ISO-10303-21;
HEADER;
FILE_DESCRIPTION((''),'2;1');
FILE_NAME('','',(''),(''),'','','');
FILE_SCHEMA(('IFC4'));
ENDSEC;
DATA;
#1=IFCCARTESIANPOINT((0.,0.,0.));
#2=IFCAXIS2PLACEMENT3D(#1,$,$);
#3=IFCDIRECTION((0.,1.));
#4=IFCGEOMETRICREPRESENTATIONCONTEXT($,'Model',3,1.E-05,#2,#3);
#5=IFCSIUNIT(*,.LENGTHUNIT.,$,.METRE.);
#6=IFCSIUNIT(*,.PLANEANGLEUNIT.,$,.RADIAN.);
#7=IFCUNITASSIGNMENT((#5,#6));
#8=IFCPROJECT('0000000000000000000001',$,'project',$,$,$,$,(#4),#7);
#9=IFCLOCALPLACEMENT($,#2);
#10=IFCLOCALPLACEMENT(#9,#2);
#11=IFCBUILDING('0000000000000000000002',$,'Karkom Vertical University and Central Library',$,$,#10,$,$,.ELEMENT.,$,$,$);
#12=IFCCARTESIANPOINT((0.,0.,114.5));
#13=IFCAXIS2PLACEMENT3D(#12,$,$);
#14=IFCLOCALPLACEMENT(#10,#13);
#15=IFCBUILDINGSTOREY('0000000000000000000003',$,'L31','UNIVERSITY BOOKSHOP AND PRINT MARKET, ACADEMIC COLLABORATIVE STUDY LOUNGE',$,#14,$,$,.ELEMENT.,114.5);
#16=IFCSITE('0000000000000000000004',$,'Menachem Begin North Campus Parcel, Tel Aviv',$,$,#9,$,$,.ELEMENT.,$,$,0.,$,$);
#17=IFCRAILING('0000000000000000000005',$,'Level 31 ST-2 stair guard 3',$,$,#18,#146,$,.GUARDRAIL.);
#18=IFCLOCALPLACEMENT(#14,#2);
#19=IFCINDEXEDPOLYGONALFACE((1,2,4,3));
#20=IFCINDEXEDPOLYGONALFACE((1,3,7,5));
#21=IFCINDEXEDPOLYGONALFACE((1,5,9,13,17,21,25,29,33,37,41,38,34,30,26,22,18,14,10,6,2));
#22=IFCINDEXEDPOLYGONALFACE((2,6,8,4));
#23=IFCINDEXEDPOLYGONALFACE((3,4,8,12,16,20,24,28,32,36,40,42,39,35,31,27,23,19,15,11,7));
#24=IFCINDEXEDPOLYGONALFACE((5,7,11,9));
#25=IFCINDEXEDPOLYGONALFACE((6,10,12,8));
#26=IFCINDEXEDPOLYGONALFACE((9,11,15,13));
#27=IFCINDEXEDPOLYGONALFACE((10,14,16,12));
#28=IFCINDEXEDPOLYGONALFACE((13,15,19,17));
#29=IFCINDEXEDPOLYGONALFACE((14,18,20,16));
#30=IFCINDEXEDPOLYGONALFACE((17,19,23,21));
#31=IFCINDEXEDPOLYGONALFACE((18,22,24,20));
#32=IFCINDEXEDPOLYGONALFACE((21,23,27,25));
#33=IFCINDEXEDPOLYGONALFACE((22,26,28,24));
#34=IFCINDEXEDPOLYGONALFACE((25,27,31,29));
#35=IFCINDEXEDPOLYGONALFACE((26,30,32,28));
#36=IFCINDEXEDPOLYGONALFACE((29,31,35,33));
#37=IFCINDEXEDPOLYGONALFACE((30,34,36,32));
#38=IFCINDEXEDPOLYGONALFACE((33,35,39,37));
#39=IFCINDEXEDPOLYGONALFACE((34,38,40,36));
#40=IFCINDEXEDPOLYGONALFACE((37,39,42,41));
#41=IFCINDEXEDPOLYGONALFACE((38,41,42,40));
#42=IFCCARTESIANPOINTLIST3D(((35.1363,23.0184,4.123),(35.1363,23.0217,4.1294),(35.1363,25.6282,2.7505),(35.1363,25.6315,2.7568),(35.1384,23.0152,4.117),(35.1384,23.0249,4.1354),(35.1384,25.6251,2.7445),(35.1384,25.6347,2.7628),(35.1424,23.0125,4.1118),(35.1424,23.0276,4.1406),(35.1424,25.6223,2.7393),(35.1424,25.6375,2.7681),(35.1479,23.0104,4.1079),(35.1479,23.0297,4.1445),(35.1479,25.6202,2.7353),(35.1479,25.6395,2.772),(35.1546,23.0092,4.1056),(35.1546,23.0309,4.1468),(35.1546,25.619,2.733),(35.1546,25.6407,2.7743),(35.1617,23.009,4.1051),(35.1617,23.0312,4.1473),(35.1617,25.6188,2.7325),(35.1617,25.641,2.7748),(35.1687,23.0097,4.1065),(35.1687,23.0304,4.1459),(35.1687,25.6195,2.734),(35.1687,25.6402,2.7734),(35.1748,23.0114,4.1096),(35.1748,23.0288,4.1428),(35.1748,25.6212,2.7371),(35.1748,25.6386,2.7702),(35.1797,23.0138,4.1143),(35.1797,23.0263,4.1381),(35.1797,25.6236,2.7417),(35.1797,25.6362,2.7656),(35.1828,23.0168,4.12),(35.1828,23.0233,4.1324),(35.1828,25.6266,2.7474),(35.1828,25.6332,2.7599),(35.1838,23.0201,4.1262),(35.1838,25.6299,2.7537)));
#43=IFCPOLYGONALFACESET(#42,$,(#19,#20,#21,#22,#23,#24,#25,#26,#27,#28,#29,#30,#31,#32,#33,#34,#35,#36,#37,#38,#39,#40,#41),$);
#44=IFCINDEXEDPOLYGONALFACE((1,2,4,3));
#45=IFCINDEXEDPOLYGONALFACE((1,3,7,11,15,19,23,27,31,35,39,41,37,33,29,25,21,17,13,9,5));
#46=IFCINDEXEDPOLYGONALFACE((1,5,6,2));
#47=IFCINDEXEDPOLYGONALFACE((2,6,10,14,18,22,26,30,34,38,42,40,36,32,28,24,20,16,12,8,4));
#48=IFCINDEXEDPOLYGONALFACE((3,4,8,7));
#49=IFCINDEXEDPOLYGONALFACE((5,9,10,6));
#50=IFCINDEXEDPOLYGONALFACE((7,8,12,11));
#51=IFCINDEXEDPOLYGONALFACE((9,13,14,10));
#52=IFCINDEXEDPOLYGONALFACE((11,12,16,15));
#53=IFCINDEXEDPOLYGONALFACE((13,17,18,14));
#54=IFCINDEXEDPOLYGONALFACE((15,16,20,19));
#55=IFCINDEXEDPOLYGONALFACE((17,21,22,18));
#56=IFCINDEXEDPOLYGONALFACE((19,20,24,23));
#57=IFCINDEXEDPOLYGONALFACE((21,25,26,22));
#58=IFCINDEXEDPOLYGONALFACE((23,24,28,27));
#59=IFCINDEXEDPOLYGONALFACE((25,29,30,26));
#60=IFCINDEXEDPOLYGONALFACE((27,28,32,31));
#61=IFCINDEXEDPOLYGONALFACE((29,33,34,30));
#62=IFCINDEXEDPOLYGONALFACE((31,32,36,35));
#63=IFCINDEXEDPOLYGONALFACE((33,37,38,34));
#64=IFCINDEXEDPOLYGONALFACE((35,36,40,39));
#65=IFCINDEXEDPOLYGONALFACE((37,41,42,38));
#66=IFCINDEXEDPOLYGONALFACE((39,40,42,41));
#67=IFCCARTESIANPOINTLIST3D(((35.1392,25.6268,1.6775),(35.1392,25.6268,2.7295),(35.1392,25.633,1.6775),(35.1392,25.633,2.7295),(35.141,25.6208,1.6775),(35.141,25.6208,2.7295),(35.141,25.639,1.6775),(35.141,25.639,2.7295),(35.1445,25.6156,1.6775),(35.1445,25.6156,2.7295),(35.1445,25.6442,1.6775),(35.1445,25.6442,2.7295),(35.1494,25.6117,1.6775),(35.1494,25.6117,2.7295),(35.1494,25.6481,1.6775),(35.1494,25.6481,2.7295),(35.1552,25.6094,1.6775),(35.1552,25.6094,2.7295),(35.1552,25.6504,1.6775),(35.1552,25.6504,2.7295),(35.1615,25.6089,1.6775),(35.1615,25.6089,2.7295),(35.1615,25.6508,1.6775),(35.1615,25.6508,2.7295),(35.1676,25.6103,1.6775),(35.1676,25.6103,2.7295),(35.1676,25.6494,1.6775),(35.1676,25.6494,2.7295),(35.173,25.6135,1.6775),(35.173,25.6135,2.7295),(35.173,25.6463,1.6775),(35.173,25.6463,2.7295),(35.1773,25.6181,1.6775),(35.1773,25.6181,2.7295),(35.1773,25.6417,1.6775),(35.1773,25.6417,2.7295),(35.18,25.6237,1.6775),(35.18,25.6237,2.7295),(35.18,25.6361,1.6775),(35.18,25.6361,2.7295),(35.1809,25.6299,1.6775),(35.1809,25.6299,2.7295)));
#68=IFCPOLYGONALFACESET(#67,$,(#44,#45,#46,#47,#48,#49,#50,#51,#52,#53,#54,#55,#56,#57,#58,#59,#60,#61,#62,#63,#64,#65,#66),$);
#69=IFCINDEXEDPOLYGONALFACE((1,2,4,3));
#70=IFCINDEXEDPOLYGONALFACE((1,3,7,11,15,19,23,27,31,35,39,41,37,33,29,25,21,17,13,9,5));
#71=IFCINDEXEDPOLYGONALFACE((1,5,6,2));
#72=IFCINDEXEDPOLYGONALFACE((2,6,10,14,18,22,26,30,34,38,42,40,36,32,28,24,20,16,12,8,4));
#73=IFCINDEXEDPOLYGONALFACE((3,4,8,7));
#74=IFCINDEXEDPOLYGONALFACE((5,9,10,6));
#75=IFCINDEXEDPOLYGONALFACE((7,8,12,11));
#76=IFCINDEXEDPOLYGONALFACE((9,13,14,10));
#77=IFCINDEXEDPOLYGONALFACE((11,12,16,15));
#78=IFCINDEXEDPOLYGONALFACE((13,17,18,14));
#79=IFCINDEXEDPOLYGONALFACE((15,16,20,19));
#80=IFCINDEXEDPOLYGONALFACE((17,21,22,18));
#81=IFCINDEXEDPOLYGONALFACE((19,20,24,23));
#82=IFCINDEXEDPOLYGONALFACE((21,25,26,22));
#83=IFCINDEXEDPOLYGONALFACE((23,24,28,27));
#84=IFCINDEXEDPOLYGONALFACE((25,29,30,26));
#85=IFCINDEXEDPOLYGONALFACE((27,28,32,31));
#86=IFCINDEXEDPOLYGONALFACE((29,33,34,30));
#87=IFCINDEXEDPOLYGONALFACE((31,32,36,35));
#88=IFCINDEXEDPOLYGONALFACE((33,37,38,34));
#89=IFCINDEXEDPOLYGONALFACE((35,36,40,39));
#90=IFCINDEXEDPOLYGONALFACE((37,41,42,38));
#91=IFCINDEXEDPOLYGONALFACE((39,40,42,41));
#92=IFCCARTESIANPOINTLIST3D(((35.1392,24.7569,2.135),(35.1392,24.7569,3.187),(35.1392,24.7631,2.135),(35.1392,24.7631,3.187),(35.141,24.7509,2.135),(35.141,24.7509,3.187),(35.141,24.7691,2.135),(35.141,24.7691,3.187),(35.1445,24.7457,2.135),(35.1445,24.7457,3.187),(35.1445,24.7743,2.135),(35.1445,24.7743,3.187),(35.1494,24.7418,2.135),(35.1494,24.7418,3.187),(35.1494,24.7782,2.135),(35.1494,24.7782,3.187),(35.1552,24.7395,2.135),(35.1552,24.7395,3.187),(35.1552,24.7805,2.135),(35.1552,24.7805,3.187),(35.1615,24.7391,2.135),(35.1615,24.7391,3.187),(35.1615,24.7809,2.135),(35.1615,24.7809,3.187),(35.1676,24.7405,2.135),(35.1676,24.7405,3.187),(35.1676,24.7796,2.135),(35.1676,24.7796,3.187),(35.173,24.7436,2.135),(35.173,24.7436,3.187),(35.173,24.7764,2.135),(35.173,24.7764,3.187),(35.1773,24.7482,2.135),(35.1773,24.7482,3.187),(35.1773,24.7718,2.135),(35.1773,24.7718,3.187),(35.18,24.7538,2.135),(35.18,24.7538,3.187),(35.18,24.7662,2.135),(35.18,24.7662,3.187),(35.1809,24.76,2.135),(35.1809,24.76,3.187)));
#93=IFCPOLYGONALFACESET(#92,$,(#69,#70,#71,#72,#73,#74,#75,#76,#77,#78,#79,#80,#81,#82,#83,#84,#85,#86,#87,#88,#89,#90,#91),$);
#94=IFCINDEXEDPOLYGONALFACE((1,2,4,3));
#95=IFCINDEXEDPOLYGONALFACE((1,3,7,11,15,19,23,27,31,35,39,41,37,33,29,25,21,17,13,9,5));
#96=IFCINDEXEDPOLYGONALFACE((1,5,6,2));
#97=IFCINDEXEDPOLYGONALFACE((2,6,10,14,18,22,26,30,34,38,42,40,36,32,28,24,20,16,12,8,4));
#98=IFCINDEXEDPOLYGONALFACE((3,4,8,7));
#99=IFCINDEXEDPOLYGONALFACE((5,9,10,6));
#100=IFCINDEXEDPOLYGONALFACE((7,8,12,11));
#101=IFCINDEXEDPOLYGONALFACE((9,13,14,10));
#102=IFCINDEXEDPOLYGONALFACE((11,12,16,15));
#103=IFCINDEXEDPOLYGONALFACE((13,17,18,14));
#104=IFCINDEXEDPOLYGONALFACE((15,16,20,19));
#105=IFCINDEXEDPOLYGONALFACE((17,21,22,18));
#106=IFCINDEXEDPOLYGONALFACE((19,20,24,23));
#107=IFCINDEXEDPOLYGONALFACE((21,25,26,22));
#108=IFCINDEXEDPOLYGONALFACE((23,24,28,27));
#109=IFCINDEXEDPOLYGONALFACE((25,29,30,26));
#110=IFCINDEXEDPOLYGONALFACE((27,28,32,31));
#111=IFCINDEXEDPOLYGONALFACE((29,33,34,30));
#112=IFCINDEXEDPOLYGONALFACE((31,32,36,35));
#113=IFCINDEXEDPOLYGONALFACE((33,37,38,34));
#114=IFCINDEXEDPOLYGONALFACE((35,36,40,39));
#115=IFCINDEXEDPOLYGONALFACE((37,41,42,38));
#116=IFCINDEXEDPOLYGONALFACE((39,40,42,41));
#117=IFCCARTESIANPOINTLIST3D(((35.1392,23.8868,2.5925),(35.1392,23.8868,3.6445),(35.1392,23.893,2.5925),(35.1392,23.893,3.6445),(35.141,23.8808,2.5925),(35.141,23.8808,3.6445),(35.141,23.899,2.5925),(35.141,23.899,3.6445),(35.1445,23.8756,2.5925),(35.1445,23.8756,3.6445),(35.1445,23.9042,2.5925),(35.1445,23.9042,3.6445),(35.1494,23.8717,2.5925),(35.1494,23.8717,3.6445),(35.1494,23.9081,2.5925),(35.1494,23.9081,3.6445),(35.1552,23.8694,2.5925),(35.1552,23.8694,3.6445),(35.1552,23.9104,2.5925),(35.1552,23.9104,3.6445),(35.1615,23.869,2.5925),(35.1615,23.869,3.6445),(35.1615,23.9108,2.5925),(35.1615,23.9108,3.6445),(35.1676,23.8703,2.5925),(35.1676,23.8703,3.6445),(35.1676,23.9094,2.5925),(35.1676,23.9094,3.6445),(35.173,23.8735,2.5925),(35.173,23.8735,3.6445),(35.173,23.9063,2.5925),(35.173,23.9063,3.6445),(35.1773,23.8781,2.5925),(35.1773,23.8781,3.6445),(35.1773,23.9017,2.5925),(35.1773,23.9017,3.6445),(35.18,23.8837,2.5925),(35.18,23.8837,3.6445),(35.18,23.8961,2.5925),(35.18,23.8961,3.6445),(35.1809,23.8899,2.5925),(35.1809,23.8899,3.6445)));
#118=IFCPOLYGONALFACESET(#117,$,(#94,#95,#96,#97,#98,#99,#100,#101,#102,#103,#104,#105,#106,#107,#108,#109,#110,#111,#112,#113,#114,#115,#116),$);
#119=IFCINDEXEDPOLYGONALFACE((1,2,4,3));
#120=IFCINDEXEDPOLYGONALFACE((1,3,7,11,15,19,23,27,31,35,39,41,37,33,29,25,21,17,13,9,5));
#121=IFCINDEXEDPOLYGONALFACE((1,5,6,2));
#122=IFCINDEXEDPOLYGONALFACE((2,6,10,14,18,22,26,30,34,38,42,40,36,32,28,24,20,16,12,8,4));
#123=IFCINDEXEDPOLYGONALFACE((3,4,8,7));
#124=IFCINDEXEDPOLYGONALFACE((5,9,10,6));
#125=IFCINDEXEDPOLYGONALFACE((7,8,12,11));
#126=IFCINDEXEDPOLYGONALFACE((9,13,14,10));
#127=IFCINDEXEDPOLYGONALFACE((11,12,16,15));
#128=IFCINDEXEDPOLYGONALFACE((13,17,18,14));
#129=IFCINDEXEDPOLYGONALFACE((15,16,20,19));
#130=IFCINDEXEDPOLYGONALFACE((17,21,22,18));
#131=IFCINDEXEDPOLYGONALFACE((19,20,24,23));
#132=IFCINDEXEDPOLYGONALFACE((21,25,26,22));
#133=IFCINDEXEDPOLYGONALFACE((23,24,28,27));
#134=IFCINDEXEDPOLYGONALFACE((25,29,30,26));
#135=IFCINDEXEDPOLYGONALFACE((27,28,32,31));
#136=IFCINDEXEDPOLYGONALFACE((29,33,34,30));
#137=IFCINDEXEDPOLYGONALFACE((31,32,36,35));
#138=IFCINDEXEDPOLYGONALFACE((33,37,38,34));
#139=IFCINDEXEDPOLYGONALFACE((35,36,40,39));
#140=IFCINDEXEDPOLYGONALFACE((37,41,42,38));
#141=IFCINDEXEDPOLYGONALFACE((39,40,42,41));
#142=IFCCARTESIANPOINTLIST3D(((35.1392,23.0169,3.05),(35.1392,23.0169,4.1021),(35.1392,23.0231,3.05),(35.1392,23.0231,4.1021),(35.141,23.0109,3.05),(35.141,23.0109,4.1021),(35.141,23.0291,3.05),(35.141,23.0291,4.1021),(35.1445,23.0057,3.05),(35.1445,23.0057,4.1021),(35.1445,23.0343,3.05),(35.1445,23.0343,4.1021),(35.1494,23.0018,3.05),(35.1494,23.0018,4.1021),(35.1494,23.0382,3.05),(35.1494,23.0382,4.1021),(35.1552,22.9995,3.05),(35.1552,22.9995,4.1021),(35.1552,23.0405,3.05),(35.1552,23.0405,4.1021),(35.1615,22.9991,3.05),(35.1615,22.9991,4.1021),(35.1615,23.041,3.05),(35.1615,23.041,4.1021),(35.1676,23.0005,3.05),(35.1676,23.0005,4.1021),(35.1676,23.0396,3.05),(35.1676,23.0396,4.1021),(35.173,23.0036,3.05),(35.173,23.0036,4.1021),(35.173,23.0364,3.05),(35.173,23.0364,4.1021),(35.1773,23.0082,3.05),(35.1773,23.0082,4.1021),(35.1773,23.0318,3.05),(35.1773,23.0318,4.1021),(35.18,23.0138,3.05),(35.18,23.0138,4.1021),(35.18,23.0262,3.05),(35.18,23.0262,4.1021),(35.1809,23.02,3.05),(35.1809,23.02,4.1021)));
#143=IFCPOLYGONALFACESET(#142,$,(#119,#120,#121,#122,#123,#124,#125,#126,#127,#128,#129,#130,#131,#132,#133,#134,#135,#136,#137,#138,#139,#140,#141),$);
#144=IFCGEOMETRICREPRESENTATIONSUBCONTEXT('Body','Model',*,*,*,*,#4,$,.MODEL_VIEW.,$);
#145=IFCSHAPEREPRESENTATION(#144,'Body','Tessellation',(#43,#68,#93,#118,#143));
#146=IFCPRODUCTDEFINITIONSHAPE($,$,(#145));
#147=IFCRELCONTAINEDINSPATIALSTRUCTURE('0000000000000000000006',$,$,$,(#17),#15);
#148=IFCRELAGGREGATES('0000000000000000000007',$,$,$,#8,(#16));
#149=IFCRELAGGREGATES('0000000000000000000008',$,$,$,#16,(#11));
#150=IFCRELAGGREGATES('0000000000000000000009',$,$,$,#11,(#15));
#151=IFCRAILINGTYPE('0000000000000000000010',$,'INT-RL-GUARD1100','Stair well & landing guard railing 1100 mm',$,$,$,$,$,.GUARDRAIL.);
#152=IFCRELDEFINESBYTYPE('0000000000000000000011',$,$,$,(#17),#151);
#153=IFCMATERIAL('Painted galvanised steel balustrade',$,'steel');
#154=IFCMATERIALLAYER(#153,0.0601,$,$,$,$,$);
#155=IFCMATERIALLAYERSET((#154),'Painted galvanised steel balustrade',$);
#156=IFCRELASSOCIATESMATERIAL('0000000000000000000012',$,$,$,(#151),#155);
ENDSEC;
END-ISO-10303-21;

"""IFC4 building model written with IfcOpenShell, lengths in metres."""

from ifc_helpers import new_model, si_unit, direction, frame, origin, origin_2d, place, context, subcontext, project, spatial, circle, extrude, material, layer, layer_set, type_object, element, save


model = new_model("IFC4")

# Units and contexts
model_context = context("Model", 3, precision=1e-05, world=origin(), true_north=direction((0.0, 1.0)))
body_context = subcontext(model_context, "Body", "Model", "MODEL_VIEW")
ifc_project = project(units=[si_unit("LENGTHUNIT", "METRE"), si_unit("PLANEANGLEUNIT", "RADIAN")], contexts=[model_context])

# Site, building, storey
site_placement = place(None, origin())
site = spatial("IfcSite", under=ifc_project, at=site_placement, Name="Menachem Begin North Campus Parcel, Tel Aviv", CompositionType="ELEMENT", RefElevation=0.0)
building_placement = place(site_placement, origin())
building = spatial("IfcBuilding", under=site, at=building_placement, Name="Karkom Vertical University and Central Library", CompositionType="ELEMENT")
storey_placement = place(building_placement, frame((0.0, 0.0, 114.5)))
storey = spatial("IfcBuildingStorey", under=building, at=storey_placement, Name="L31", Description="UNIVERSITY BOOKSHOP AND PRINT MARKET, ACADEMIC COLLABORATIVE STUDY LOUNGE", CompositionType="ELEMENT", Elevation=114.5)

# Railing
ifc_material_1 = material(Name="Painted galvanised steel balustrade", Category="steel")
ifc_layer_1 = layer(ifc_material_1, 0.0601)
ifc_layer_set_1 = layer_set([ifc_layer_1], Name="Painted galvanised steel balustrade")
railing_type_1 = type_object("IfcRailingType", Name="INT-RL-GUARD1100", Description="Stair well & landing guard railing 1100 mm", PredefinedType="GUARDRAIL", material=ifc_layer_set_1)
railing_1_placement = place(storey_placement, frame((35.1599, 25.6299, 1.6775)))
element("IfcRailing", 1, at=railing_1_placement, inside=storey, type_object=railing_type_1, Name="Level 31 ST-2 stair guard 3", PredefinedType="GUARDRAIL", context=body_context, shape_type="SweptSolid", body=[
    extrude(circle(Radius=0.0239, at=origin_2d()), frame((0.0, 0.0, 1.0762), z_axis=(0.0, -0.885065, 0.465467), x_axis=(1.0, 0.0, 0.0)), (0.0, 0.0, 1.0), 2.9487),
    extrude(circle(Radius=0.021, at=origin_2d()), origin(), (0.0, 0.0, 1.0), 1.052),
    extrude(circle(Radius=0.021, at=origin_2d()), frame((0.0, -0.8699, 0.4575)), (0.0, 0.0, 1.0), 1.052),
    extrude(circle(Radius=0.021, at=origin_2d()), frame((0.0, -1.74, 0.915)), (0.0, 0.0, 1.0), 1.052),
    extrude(circle(Radius=0.021, at=origin_2d()), frame((0.0, -2.6099, 1.3726)), (0.0, 0.0, 1.0), 1.052),
])

save(model, "model.ifc")
